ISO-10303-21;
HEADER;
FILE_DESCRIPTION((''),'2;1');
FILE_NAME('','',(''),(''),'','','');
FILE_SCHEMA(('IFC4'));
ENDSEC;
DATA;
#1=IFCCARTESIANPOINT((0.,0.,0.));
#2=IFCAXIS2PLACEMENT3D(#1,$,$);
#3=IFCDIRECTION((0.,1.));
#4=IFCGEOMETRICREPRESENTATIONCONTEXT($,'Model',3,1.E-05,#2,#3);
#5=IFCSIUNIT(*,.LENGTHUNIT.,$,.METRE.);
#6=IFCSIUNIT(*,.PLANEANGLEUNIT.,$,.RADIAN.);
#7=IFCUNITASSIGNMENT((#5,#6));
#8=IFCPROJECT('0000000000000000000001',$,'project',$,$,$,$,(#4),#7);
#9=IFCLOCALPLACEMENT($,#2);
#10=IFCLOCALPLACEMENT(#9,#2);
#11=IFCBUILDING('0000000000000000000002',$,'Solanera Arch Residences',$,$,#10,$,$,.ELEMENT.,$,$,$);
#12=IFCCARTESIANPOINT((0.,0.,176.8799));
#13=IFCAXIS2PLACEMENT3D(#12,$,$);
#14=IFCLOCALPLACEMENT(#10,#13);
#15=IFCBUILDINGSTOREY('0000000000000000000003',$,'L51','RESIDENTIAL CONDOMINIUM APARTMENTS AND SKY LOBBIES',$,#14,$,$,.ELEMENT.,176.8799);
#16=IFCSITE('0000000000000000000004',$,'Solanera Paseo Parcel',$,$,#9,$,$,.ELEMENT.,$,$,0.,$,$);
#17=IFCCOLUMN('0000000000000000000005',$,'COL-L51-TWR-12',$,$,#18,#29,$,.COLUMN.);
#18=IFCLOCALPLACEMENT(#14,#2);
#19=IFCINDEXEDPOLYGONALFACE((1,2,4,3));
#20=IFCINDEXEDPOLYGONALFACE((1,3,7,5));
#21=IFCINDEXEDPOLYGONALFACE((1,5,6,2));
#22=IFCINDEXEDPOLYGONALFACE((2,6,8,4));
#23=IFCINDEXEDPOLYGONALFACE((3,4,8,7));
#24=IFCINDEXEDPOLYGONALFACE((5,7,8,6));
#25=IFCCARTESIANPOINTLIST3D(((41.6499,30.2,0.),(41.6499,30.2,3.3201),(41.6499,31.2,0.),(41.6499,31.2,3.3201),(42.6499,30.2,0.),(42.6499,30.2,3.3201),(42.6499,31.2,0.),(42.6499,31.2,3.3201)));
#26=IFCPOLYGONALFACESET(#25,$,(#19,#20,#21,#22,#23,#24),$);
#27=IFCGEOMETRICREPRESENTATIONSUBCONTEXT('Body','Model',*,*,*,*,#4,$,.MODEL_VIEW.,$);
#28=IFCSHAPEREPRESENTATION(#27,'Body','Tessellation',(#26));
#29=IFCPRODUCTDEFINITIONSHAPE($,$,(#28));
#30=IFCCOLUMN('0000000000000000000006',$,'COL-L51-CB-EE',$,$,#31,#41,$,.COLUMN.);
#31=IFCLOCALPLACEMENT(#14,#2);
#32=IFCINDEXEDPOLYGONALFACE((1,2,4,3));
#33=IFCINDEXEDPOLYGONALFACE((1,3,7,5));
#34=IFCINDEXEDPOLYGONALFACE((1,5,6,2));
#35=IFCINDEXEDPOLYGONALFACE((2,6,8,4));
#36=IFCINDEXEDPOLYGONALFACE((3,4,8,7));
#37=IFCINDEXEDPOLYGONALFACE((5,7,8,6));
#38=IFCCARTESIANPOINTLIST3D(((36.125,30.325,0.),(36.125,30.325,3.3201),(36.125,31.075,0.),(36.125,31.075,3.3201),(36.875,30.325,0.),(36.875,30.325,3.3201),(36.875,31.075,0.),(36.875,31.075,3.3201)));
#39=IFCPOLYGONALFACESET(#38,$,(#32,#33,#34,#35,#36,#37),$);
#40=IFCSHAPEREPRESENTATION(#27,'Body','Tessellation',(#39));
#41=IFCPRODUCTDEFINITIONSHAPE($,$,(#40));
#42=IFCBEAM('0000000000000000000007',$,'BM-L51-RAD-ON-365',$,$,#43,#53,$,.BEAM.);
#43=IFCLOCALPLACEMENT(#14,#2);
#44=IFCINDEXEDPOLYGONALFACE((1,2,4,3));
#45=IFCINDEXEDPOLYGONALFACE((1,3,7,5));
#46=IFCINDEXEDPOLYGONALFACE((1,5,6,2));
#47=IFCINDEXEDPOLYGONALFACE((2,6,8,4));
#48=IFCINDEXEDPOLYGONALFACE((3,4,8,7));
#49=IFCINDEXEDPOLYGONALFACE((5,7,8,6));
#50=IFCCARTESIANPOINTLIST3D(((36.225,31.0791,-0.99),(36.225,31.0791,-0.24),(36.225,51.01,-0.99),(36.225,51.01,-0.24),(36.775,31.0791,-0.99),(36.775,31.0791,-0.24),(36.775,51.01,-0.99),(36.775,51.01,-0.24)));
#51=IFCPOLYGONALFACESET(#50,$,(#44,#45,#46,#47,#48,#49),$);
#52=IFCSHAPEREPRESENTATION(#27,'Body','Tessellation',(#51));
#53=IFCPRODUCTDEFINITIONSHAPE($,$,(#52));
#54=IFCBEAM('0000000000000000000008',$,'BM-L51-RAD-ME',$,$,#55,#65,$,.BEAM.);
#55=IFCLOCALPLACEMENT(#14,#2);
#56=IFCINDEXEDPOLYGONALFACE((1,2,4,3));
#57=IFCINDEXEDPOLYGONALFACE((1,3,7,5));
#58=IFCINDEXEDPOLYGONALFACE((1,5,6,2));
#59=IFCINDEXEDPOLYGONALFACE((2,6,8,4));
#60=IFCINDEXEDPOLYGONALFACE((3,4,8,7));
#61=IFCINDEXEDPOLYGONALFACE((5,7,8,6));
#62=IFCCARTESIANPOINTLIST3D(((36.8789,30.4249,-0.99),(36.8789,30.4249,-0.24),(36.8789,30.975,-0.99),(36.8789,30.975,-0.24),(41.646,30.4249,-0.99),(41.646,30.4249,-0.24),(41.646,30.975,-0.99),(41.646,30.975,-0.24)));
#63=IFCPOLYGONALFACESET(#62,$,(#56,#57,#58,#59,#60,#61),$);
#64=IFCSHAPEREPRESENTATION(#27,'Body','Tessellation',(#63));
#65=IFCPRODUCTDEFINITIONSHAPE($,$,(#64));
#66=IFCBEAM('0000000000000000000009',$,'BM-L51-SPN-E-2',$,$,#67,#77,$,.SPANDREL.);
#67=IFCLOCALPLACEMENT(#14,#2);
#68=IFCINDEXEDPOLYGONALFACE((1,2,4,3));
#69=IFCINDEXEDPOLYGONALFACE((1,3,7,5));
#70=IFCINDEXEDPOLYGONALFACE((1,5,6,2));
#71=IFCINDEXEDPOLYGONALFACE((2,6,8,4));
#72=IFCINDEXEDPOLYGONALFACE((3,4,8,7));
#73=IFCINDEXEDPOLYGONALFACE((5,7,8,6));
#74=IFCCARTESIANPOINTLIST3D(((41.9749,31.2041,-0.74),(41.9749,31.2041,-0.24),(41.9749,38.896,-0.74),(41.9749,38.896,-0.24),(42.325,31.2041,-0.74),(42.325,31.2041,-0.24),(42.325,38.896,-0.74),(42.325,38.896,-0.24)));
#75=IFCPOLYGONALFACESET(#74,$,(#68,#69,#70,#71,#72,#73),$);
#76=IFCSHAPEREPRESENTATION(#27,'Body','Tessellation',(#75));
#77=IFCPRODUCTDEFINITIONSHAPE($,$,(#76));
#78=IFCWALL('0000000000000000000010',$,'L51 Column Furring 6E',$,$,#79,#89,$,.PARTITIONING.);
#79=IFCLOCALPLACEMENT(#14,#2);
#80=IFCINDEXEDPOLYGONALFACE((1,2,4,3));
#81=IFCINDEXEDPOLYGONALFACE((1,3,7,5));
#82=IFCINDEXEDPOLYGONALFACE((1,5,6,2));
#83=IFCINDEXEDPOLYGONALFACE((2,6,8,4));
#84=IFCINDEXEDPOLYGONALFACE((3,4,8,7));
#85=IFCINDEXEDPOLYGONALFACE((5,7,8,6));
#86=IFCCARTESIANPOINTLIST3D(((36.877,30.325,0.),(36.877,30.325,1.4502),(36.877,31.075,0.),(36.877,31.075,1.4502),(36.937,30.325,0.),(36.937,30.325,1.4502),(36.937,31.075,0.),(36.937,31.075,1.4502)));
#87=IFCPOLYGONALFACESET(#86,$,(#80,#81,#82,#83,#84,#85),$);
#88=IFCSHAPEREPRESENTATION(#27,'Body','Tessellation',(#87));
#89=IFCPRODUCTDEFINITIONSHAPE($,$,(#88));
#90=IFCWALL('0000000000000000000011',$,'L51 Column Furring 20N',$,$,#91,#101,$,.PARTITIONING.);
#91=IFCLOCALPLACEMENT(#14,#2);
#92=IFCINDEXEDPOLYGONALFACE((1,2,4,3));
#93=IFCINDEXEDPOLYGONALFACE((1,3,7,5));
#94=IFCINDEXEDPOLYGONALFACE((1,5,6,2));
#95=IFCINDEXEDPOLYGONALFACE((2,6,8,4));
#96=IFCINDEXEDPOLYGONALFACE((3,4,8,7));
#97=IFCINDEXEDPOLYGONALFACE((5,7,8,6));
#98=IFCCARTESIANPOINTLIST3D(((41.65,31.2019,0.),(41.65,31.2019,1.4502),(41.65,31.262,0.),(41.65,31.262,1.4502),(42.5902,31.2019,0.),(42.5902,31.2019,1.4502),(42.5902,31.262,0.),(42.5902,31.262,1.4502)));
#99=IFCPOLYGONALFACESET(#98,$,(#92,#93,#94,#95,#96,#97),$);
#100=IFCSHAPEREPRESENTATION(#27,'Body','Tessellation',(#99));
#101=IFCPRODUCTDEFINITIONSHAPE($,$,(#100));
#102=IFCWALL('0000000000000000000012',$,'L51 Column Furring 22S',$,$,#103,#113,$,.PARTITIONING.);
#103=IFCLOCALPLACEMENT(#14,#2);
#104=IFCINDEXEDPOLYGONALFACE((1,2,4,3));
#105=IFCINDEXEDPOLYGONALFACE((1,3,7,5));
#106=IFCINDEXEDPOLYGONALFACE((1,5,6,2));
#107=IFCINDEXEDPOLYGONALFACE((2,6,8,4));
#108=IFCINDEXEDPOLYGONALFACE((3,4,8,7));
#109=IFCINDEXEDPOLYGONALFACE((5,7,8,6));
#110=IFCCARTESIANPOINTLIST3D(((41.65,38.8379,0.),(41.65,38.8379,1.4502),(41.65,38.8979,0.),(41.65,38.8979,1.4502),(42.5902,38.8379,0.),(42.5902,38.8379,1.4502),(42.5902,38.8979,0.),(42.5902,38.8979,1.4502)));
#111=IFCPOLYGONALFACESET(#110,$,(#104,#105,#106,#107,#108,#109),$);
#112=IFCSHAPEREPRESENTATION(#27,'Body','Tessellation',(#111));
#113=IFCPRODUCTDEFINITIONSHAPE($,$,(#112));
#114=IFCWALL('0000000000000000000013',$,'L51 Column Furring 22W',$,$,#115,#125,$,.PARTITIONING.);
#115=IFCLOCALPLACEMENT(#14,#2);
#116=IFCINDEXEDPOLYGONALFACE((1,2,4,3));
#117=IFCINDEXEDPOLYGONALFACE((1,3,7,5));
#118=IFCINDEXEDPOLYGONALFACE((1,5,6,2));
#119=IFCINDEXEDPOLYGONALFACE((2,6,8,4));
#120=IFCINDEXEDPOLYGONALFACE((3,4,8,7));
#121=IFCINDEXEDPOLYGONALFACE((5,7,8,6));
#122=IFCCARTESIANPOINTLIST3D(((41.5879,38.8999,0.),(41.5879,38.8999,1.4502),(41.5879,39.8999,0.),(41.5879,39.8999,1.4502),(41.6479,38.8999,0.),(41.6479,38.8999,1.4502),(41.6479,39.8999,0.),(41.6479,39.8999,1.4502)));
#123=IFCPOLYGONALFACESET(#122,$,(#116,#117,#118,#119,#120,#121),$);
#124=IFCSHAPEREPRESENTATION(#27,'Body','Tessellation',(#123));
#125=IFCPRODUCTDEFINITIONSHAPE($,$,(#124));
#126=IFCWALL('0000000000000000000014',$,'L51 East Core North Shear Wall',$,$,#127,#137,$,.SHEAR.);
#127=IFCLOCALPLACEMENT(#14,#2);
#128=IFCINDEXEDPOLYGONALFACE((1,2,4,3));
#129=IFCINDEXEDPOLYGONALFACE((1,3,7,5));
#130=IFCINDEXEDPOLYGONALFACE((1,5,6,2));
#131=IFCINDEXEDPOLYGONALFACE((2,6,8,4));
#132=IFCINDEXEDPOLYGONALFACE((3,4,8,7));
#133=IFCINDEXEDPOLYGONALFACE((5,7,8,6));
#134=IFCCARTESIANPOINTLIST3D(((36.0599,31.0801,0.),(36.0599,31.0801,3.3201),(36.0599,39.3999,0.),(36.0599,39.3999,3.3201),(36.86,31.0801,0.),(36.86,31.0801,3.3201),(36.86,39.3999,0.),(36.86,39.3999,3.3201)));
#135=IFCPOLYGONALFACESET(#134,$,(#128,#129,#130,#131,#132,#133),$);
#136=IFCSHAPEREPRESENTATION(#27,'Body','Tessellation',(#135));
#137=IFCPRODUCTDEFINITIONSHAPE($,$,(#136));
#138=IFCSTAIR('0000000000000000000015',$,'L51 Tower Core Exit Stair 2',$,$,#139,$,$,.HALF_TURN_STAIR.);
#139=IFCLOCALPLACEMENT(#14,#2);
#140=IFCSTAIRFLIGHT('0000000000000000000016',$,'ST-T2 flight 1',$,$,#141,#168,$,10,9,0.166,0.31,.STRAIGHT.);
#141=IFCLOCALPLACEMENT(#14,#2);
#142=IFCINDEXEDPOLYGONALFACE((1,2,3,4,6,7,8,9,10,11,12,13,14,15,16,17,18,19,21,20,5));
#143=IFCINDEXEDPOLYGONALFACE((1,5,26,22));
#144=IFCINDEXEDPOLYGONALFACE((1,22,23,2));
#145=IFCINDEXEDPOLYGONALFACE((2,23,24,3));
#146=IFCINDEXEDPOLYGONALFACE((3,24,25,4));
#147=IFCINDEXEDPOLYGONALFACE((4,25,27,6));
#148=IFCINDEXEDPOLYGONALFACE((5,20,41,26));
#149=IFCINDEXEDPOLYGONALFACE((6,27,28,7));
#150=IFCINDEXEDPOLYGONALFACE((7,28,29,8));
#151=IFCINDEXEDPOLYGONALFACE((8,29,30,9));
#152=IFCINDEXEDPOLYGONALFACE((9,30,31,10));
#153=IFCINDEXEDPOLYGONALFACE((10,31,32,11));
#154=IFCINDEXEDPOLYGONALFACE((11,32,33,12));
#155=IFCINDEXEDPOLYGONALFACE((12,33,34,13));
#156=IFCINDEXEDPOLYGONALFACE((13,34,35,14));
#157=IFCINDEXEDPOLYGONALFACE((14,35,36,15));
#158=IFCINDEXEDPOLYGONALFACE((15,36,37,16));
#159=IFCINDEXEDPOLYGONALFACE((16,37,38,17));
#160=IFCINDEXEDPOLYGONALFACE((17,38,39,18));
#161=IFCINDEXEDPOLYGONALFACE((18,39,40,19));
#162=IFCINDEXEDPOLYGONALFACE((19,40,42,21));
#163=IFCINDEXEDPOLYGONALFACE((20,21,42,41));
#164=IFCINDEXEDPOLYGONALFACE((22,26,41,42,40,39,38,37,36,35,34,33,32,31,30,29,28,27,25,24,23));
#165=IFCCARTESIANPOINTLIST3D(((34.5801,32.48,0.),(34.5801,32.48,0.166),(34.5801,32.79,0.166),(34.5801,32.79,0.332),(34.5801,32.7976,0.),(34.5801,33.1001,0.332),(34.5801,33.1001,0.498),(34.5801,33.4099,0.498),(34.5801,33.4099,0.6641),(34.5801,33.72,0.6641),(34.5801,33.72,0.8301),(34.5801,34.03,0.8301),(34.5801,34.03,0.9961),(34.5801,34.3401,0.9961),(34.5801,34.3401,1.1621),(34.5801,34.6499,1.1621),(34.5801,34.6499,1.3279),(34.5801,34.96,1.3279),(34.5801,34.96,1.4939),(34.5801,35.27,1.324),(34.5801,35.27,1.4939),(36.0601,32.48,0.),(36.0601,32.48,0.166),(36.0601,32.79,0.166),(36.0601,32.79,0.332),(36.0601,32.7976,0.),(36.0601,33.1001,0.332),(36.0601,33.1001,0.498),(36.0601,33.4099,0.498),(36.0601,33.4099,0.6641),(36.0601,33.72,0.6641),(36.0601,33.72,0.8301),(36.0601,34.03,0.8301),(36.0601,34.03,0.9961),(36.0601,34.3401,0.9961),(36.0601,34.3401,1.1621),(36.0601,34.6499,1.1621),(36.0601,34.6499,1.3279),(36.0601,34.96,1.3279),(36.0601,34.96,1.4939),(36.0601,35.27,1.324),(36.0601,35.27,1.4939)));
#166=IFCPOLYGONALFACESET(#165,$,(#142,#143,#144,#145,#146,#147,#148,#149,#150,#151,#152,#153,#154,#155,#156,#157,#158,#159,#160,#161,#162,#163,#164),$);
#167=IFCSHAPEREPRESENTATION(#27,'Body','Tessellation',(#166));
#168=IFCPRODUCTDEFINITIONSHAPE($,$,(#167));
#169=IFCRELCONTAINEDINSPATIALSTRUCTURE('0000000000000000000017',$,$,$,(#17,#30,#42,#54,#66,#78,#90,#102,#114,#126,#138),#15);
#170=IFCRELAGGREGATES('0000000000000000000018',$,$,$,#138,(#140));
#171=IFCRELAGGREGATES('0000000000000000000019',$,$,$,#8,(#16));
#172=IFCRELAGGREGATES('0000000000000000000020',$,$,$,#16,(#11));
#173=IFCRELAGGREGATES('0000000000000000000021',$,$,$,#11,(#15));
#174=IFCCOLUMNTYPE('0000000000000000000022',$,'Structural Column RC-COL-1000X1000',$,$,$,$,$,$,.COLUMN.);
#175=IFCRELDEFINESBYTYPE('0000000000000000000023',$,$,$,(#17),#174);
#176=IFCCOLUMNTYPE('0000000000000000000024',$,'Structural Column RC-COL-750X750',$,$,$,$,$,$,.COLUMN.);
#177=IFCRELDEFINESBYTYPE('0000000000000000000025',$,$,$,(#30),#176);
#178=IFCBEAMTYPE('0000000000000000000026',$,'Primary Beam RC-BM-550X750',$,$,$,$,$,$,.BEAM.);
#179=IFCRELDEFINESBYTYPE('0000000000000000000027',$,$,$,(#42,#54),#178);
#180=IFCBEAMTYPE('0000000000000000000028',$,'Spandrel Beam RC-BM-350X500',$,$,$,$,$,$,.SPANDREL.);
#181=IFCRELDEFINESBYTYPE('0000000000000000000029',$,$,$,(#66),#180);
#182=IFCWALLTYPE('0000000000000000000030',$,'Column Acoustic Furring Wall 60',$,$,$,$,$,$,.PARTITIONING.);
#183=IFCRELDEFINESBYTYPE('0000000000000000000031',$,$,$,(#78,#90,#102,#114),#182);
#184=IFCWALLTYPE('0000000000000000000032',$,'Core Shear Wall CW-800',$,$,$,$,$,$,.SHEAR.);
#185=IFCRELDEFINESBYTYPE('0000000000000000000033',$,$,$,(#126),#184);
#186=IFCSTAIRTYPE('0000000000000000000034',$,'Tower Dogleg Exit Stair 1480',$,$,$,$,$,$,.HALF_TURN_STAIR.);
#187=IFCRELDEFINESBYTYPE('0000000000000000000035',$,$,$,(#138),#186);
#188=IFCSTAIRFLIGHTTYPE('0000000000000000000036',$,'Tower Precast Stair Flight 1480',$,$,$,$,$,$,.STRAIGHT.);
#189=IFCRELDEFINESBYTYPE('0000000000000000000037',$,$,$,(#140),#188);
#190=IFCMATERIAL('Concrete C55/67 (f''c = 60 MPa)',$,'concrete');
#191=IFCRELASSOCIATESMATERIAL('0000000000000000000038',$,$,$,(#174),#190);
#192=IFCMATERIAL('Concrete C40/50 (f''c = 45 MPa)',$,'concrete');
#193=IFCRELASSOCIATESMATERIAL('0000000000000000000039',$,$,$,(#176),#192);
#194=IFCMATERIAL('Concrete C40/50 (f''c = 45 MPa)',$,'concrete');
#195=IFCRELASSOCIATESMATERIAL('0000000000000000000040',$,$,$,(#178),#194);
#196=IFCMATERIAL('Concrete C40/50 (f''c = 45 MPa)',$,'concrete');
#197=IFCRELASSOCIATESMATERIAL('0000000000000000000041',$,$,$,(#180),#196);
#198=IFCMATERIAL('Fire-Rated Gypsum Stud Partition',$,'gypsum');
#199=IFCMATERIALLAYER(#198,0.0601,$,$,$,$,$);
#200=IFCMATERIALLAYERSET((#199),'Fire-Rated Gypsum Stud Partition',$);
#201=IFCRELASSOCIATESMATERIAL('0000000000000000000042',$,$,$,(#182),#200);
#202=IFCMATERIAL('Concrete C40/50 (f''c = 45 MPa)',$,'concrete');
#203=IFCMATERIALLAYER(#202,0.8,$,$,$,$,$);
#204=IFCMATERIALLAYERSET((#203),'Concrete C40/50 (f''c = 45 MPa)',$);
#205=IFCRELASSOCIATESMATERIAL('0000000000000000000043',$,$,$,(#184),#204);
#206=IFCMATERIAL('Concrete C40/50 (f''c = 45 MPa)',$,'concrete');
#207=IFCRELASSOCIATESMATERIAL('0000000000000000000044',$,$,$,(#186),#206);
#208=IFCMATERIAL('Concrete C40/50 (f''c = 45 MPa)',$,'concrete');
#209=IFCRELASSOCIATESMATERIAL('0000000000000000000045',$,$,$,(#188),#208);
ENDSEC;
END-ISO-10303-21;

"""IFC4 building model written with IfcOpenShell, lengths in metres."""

from ifc_helpers import new_model, si_unit, direction, frame, frame_2d, origin, origin_2d, place, context, subcontext, project, spatial, polyline, rectangle, outline, extrude, material, layer, layer_set, material_profile, profile_set, type_object, element, aggregate, save


model = new_model("IFC4")

# Units and contexts
model_context = context("Model", 3, precision=1e-05, world=origin(), true_north=direction((0.0, 1.0)))
body_context = subcontext(model_context, "Body", "Model", "MODEL_VIEW")
ifc_project = project(units=[si_unit("LENGTHUNIT", "METRE"), si_unit("PLANEANGLEUNIT", "RADIAN")], contexts=[model_context])

# Site, building, storey
site_placement = place(None, origin())
site = spatial("IfcSite", under=ifc_project, at=site_placement, Name="Solanera Paseo Parcel", CompositionType="ELEMENT", RefElevation=0.0)
building_placement = place(site_placement, origin())
building = spatial("IfcBuilding", under=site, at=building_placement, Name="Solanera Arch Residences", CompositionType="ELEMENT")
storey_placement = place(building_placement, frame((0.0, 0.0, 176.8799)))
storey = spatial("IfcBuildingStorey", under=building, at=storey_placement, Name="L51", Description="RESIDENTIAL CONDOMINIUM APARTMENTS AND SKY LOBBIES", CompositionType="ELEMENT", Elevation=176.8799)

# Columns
ifc_material_1 = material(Name="Concrete C55/67 (f'c = 60 MPa)", Category="concrete")
ifc_material_profile_1 = material_profile(ifc_material_1, rectangle(XDim=1.0, YDim=1.0, at=origin_2d()))
ifc_profile_set_1 = profile_set([ifc_material_profile_1], Name="Concrete C55/67 (f'c = 60 MPa)")
column_type_1 = type_object("IfcColumnType", Name="Structural Column RC-COL-1000X1000", PredefinedType="COLUMN", material=ifc_profile_set_1)
column_1_placement = place(storey_placement, frame((42.1499, 30.7, 0.0), z_axis=(0.0, 0.0, 1.0), x_axis=(1.0, 0.0, 0.0)))
element("IfcColumn", 1, at=column_1_placement, inside=storey, type_object=column_type_1, Name="COL-L51-TWR-12", PredefinedType="COLUMN", context=body_context, shape_type="SweptSolid", body=[
    extrude(rectangle(XDim=1.0, YDim=1.0, at=origin_2d()), origin(), (0.0, 0.0, 1.0), 3.3201),
])
ifc_material_2 = material(Name="Concrete C40/50 (f'c = 45 MPa)", Category="concrete")
ifc_material_profile_2 = material_profile(ifc_material_2, rectangle(XDim=0.75, YDim=0.75, at=origin_2d()))
ifc_profile_set_2 = profile_set([ifc_material_profile_2], Name="Concrete C40/50 (f'c = 45 MPa)")
column_type_2 = type_object("IfcColumnType", Name="Structural Column RC-COL-750X750", PredefinedType="COLUMN", material=ifc_profile_set_2)
column_2_placement = place(storey_placement, frame((36.5, 30.7, 0.0), z_axis=(0.0, 0.0, 1.0), x_axis=(1.0, 0.0, 0.0)))
element("IfcColumn", 2, at=column_2_placement, inside=storey, type_object=column_type_2, Name="COL-L51-CB-EE", PredefinedType="COLUMN", context=body_context, shape_type="SweptSolid", body=[
    extrude(rectangle(XDim=0.75, YDim=0.75, at=origin_2d()), origin(), (0.0, 0.0, 1.0), 3.3201),
])

# Beams
ifc_material_3 = material(Name="Concrete C40/50 (f'c = 45 MPa)", Category="concrete")
ifc_material_profile_3 = material_profile(ifc_material_3, rectangle(XDim=0.55, YDim=0.75, at=origin_2d()))
ifc_profile_set_3 = profile_set([ifc_material_profile_3], Name="Concrete C40/50 (f'c = 45 MPa)")
beam_type_1 = type_object("IfcBeamType", Name="Primary Beam RC-BM-550X750", PredefinedType="BEAM", material=ifc_profile_set_3)
beam_1_placement = place(storey_placement, frame((36.5, 31.0791, -0.615), z_axis=(0.0, 1.0, 0.0), x_axis=(-1.0, 0.0, 0.0)))
element("IfcBeam", 3, at=beam_1_placement, inside=storey, type_object=beam_type_1, Name="BM-L51-RAD-ON-365", PredefinedType="BEAM", context=body_context, shape_type="SweptSolid", body=[
    extrude(rectangle(XDim=0.55, YDim=0.75, at=origin_2d()), origin(), (0.0, 0.0, 1.0), 19.9309),
])
beam_2_placement = place(storey_placement, frame((36.8789, 30.7, -0.615), z_axis=(1.0, 0.0, 0.0), x_axis=(0.0, 1.0, 0.0)))
element("IfcBeam", 4, at=beam_2_placement, inside=storey, type_object=beam_type_1, Name="BM-L51-RAD-ME", PredefinedType="BEAM", context=body_context, shape_type="SweptSolid", body=[
    extrude(rectangle(XDim=0.55, YDim=0.75, at=origin_2d()), origin(), (0.0, 0.0, 1.0), 4.7671),
])
ifc_material_4 = material(Name="Concrete C40/50 (f'c = 45 MPa)", Category="concrete")
ifc_material_profile_4 = material_profile(ifc_material_4, rectangle(XDim=0.3501, YDim=0.5, at=origin_2d()))
ifc_profile_set_4 = profile_set([ifc_material_profile_4], Name="Concrete C40/50 (f'c = 45 MPa)")
beam_type_2 = type_object("IfcBeamType", Name="Spandrel Beam RC-BM-350X500", PredefinedType="SPANDREL", material=ifc_profile_set_4)
beam_3_placement = place(storey_placement, frame((42.1499, 31.2041, -0.49), z_axis=(0.0, 1.0, 0.0), x_axis=(-1.0, 0.0, 0.0)))
element("IfcBeam", 5, at=beam_3_placement, inside=storey, type_object=beam_type_2, Name="BM-L51-SPN-E-2", PredefinedType="SPANDREL", context=body_context, shape_type="SweptSolid", body=[
    extrude(rectangle(XDim=0.3501, YDim=0.5, at=origin_2d()), origin(), (0.0, 0.0, 1.0), 7.6919),
])

# Walls
ifc_material_5 = material(Name="Fire-Rated Gypsum Stud Partition", Category="gypsum")
ifc_layer_1 = layer(ifc_material_5, 0.0601)
ifc_layer_set_1 = layer_set([ifc_layer_1], Name="Fire-Rated Gypsum Stud Partition")
wall_type_1 = type_object("IfcWallType", Name="Column Acoustic Furring Wall 60", PredefinedType="PARTITIONING", material=ifc_layer_set_1)
wall_1_placement = place(storey_placement, frame((36.907, 30.325, 0.0), z_axis=(0.0, 0.0, 1.0), x_axis=(0.0, 1.0, 0.0)))
element("IfcWall", 6, at=wall_1_placement, inside=storey, type_object=wall_type_1, Name="L51 Column Furring 6E", PredefinedType="PARTITIONING", context=body_context, shape_type="SweptSolid", body=[
    extrude(rectangle(XDim=0.75, YDim=0.0601, at=frame_2d((0.375, 0.0))), origin(), (0.0, 0.0, 1.0), 1.4502),
])
for number, where, z_axis, x_axis, name in (
    (7, (41.6499, 31.2319, 0.0), (0.0, 0.0, 1.0), (1.0, 0.0, 0.0), "L51 Column Furring 20N"),
    (8, (41.6499, 38.8679, 0.0), (0.0, 0.0, 1.0), (1.0, 0.0, 0.0), "L51 Column Furring 22S"),
):
    element("IfcWall", number, at=place(storey_placement, frame(where, z_axis=z_axis, x_axis=x_axis)), inside=storey, type_object=wall_type_1, Name=name, PredefinedType="PARTITIONING", context=body_context, shape_type="SweptSolid", body=[
        extrude(rectangle(XDim=0.9402, YDim=0.0601, at=frame_2d((0.4702, 0.0))), origin(), (0.0, 0.0, 1.0), 1.4502),
    ])
wall_2_placement = place(storey_placement, frame((41.6179, 38.8999, 0.0), z_axis=(0.0, 0.0, 1.0), x_axis=(0.0, 1.0, 0.0)))
element("IfcWall", 9, at=wall_2_placement, inside=storey, type_object=wall_type_1, Name="L51 Column Furring 22W", PredefinedType="PARTITIONING", context=body_context, shape_type="SweptSolid", body=[
    extrude(rectangle(XDim=1.0, YDim=0.0601, at=frame_2d((0.5, 0.0))), origin(), (0.0, 0.0, 1.0), 1.4502),
])
ifc_material_6 = material(Name="Concrete C40/50 (f'c = 45 MPa)", Category="concrete")
ifc_layer_2 = layer(ifc_material_6, 0.8)
ifc_layer_set_2 = layer_set([ifc_layer_2], Name="Concrete C40/50 (f'c = 45 MPa)")
wall_type_2 = type_object("IfcWallType", Name="Core Shear Wall CW-800", PredefinedType="SHEAR", material=ifc_layer_set_2)
wall_3_placement = place(storey_placement, frame((36.46, 31.0801, 0.0), z_axis=(0.0, 0.0, 1.0), x_axis=(0.0, 1.0, 0.0)))
element("IfcWall", 10, at=wall_3_placement, inside=storey, type_object=wall_type_2, Name="L51 East Core North Shear Wall", PredefinedType="SHEAR", context=body_context, shape_type="SweptSolid", body=[
    extrude(rectangle(XDim=8.3198, YDim=0.8, at=frame_2d((4.1599, 0.0))), origin(), (0.0, 0.0, 1.0), 3.3201),
])

# Stair, stair flight
ifc_material_7 = material(Name="Concrete C40/50 (f'c = 45 MPa)", Category="concrete")
stair_type = type_object("IfcStairType", Name="Tower Dogleg Exit Stair 1480", PredefinedType="HALF_TURN_STAIR", material=ifc_material_7)
stair_placement = place(storey_placement, origin())
stair = element("IfcStair", 11, at=stair_placement, inside=storey, type_object=stair_type, Name="L51 Tower Core Exit Stair 2", PredefinedType="HALF_TURN_STAIR")
ifc_material_8 = material(Name="Concrete C40/50 (f'c = 45 MPa)", Category="concrete")
stair_flight_type = type_object("IfcStairFlightType", Name="Tower Precast Stair Flight 1480", PredefinedType="STRAIGHT", material=ifc_material_8)
stair_flight_1_placement = place(storey_placement, frame((35.3201, 32.48, 0.0), z_axis=(0.0, 0.0, 1.0), x_axis=(0.0, 1.0, 0.0)))
stair_flight_1 = element("IfcStairFlight", 12, at=stair_flight_1_placement, type_object=stair_flight_type, Name="ST-T2 flight 1", NumberOfRisers=10, NumberOfTreads=9, PredefinedType="STRAIGHT", RiserHeight=0.166, TreadLength=0.31, context=body_context, shape_type="SweptSolid", body=[
    extrude(outline(polyline([(0.0, 0.0), (0.0, 0.166), (0.3101, 0.166), (0.3101, 0.332), (0.6201, 0.332), (0.6201, 0.498), (0.9299, 0.498), (0.9299, 0.6641), (1.24, 0.6641), (1.24, 0.8301), (1.55, 0.8301), (1.55, 0.9961), (1.8601, 0.9961), (1.8601, 1.1621), (2.1699, 1.1621), (2.1699, 1.3279), (2.48, 1.3279), (2.48, 1.4939), (2.79, 1.4939), (2.79, 1.6599), (2.79, 1.324), (0.3176, 0.0), (0.0, 0.0)])), frame((0.0, 0.74, 0.0), z_axis=(0.0, -1.0, 0.0), x_axis=(1.0, 0.0, 0.0)), (0.0, 0.0, 1.0), 1.48),
])
aggregate(stair, [stair_flight_1])

save(model, "model.ifc")
